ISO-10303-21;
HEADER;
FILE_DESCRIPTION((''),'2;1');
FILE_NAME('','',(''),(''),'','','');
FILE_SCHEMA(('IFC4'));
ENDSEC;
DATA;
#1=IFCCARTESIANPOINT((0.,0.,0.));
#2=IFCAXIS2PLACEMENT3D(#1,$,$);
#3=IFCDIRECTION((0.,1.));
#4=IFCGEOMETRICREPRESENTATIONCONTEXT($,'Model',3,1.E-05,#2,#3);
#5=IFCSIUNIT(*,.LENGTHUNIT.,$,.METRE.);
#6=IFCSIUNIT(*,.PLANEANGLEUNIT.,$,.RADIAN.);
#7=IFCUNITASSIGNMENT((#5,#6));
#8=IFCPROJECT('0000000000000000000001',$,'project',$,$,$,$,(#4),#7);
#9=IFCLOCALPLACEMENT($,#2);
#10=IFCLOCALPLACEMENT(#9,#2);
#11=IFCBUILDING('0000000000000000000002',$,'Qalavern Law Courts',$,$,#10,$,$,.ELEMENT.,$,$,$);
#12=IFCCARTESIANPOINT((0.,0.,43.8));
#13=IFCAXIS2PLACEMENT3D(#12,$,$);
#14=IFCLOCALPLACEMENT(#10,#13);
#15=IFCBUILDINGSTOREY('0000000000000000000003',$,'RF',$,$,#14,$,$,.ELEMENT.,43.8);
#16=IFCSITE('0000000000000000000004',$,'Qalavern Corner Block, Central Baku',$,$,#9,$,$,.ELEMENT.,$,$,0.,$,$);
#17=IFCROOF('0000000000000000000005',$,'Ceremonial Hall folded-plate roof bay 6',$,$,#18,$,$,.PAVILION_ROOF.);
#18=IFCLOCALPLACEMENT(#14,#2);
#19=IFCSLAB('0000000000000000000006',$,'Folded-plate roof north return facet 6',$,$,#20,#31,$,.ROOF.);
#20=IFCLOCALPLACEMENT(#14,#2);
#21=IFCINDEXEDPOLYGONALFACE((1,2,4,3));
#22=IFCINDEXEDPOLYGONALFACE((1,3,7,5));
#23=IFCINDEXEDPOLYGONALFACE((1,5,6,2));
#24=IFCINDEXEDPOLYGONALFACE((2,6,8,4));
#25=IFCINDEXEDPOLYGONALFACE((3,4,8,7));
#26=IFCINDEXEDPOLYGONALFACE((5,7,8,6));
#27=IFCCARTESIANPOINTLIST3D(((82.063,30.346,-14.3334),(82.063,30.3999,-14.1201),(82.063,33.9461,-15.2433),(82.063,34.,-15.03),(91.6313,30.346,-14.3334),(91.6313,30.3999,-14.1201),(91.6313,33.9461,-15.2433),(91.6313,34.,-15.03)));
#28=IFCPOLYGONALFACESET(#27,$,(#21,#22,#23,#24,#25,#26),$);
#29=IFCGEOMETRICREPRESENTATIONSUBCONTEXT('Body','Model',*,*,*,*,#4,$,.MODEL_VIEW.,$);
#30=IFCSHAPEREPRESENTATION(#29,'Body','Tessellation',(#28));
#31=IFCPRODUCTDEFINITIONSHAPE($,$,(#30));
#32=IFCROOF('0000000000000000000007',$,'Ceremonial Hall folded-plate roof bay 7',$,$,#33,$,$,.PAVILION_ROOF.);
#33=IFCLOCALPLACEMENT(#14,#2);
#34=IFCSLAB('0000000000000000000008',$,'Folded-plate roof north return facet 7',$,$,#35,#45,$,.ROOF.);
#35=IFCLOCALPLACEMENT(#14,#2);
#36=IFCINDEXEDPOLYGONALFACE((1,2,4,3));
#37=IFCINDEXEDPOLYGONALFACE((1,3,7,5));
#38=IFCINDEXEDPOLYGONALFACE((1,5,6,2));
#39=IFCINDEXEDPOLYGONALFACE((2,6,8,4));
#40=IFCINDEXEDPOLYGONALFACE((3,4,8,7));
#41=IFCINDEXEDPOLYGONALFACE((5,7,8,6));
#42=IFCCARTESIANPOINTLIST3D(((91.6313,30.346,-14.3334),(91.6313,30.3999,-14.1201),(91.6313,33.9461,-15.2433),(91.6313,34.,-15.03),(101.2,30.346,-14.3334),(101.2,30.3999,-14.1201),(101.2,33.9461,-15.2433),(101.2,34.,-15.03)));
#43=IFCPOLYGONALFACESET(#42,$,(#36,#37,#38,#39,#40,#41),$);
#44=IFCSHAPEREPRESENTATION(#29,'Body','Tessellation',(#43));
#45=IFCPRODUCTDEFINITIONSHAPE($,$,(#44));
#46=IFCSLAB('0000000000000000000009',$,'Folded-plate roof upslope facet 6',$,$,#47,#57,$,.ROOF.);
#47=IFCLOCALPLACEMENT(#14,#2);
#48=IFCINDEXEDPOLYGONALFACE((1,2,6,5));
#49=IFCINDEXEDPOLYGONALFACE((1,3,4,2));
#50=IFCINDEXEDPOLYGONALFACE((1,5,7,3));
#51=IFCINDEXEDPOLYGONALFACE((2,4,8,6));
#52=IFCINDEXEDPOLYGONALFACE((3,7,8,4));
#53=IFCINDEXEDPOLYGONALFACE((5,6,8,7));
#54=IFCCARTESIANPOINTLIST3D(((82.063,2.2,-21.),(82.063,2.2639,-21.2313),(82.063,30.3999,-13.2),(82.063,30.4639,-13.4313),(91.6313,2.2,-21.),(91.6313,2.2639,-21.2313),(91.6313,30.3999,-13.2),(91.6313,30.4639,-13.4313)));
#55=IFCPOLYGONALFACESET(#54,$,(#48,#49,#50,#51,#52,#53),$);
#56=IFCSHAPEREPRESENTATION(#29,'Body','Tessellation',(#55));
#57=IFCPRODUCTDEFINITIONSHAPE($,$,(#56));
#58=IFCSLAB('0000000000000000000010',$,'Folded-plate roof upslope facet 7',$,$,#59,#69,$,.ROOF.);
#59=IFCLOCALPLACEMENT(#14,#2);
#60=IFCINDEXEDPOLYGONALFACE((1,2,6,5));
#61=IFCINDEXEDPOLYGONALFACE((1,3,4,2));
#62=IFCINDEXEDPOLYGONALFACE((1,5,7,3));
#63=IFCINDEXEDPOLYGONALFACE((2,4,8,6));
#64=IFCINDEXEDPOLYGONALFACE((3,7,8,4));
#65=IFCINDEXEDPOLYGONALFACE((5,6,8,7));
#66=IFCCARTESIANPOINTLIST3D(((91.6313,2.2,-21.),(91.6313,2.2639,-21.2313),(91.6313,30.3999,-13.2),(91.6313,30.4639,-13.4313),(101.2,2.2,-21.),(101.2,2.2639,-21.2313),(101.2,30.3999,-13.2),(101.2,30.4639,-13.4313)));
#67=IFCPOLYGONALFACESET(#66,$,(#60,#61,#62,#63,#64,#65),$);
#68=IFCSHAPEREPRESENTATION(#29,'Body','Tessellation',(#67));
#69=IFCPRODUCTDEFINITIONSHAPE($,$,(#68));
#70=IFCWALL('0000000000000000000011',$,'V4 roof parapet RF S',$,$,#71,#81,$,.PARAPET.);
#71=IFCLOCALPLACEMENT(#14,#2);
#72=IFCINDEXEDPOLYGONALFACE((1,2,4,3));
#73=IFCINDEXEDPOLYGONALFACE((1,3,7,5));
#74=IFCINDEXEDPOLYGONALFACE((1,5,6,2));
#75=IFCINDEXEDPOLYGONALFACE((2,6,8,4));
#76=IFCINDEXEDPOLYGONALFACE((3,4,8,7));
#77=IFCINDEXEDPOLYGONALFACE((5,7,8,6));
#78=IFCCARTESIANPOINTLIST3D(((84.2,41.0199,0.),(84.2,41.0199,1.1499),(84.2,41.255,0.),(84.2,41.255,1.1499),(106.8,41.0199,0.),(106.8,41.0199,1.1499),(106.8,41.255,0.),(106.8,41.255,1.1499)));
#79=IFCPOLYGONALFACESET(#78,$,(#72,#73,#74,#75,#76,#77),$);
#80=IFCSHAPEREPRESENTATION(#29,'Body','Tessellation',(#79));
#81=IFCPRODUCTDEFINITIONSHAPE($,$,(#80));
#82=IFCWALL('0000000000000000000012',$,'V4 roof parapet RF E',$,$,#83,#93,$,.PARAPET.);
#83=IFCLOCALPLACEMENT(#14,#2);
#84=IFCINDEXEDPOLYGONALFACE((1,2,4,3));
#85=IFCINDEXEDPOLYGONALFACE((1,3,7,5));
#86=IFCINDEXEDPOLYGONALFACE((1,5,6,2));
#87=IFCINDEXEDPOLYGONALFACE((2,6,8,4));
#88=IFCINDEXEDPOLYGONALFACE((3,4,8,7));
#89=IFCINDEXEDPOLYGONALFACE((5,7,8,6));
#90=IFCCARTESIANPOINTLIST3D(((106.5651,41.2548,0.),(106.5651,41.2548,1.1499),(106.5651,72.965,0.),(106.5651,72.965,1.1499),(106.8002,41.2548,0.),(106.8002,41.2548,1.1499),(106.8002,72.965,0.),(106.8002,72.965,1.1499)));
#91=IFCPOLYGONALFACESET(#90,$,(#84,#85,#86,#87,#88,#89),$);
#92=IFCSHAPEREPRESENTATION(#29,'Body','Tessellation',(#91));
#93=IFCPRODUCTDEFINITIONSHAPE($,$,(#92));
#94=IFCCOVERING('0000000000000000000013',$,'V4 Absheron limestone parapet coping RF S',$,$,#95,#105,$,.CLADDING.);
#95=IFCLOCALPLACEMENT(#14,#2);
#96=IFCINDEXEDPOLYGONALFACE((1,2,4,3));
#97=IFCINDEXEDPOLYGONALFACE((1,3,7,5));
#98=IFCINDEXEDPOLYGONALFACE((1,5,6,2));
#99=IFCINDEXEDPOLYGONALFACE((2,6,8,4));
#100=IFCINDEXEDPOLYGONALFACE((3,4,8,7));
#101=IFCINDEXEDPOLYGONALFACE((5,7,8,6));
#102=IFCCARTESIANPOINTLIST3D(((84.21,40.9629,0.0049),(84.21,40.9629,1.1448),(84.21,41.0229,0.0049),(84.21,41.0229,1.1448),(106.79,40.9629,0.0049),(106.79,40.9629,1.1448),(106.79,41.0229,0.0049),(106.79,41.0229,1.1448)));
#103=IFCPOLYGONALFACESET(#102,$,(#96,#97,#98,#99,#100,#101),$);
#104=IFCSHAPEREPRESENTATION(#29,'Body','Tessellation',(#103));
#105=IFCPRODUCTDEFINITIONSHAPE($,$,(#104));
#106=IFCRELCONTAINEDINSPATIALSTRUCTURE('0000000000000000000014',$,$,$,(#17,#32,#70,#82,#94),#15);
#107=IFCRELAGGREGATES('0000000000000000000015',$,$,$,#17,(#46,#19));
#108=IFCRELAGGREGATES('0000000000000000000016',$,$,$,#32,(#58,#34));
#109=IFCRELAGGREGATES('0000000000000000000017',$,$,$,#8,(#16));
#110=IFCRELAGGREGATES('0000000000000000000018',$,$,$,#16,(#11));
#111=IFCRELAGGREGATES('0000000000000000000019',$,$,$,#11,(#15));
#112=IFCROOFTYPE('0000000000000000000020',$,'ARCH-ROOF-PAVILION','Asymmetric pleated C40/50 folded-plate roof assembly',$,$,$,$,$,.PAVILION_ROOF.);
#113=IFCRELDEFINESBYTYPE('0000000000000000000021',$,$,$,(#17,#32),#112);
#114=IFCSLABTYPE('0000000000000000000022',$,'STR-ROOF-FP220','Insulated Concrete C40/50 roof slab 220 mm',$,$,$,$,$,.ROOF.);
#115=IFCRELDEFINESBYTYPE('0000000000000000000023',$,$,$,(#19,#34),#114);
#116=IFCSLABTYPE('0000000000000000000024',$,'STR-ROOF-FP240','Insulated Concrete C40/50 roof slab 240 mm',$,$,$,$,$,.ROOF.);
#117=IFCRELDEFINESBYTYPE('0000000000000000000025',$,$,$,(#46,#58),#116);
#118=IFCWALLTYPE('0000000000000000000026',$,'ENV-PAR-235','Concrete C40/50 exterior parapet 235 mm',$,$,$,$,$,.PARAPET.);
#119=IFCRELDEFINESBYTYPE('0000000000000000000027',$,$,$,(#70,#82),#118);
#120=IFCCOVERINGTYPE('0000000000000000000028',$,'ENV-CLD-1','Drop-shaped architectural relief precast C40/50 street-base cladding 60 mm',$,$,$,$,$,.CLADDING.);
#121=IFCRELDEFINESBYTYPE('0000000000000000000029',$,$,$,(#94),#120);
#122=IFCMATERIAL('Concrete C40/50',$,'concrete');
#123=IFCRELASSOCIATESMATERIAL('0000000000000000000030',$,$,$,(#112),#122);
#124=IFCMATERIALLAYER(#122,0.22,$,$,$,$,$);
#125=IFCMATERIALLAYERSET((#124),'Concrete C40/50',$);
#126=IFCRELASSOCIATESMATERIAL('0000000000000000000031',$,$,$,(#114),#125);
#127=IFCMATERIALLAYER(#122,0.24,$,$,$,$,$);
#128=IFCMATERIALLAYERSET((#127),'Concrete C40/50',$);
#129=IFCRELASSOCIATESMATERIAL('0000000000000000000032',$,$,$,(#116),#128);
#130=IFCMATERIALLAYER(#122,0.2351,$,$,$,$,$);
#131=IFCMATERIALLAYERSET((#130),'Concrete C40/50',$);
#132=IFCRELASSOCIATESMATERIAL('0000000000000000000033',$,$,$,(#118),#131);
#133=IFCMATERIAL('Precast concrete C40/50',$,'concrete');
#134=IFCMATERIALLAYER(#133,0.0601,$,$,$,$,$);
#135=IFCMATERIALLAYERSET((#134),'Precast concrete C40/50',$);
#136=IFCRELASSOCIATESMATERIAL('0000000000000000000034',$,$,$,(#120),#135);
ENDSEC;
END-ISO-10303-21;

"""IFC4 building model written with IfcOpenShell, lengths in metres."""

from ifc_helpers import new_model, si_unit, direction, frame, frame_2d, origin, origin_2d, place, context, subcontext, project, spatial, polyline, rectangle, outline, extrude, material, layer, layer_set, type_object, element, aggregate, save


model = new_model("IFC4")

# Units and contexts
model_context = context("Model", 3, precision=1e-05, world=origin(), true_north=direction((0.0, 1.0)))
body_context = subcontext(model_context, "Body", "Model", "MODEL_VIEW")
ifc_project = project(units=[si_unit("LENGTHUNIT", "METRE"), si_unit("PLANEANGLEUNIT", "RADIAN")], contexts=[model_context])

# Site, building, storey
site_placement = place(None, origin())
site = spatial("IfcSite", under=ifc_project, at=site_placement, Name="Qalavern Corner Block, Central Baku", CompositionType="ELEMENT", RefElevation=0.0)
building_placement = place(site_placement, origin())
building = spatial("IfcBuilding", under=site, at=building_placement, Name="Qalavern Law Courts", CompositionType="ELEMENT")
storey_placement = place(building_placement, frame((0.0, 0.0, 43.8)))
storey = spatial("IfcBuildingStorey", under=building, at=storey_placement, Name="RF", CompositionType="ELEMENT", Elevation=43.8)

# Shared definitions
ifc_material_1 = material(Name="Concrete C40/50", Category="concrete")

# Roofs, slabs
roof_type = type_object("IfcRoofType", Name="ARCH-ROOF-PAVILION", Description="Asymmetric pleated C40/50 folded-plate roof assembly", PredefinedType="PAVILION_ROOF", material=ifc_material_1)
roof_1_placement = place(storey_placement, origin())
roof_1 = element("IfcRoof", 1, at=roof_1_placement, inside=storey, type_object=roof_type, Name="Ceremonial Hall folded-plate roof bay 6", PredefinedType="PAVILION_ROOF")
ifc_layer_1 = layer(ifc_material_1, 0.22)
ifc_layer_set_1 = layer_set([ifc_layer_1], Name="Concrete C40/50")
slab_type_1 = type_object("IfcSlabType", Name="STR-ROOF-FP220", Description="Insulated Concrete C40/50 roof slab 220 mm", PredefinedType="ROOF", material=ifc_layer_set_1)
slab_1_placement = place(storey_placement, frame((82.063, 30.3999, -14.1201), z_axis=(0.0, 0.245041, 0.969513), x_axis=(1.0, 0.0, 0.0)))
slab_1 = element("IfcSlab", 2, at=slab_1_placement, type_object=slab_type_1, Name="Folded-plate roof north return facet 6", PredefinedType="ROOF", context=body_context, shape_type="SweptSolid", body=[
    extrude(outline(polyline([(0.0, 0.0), (9.5684, 0.0), (9.5684, 3.7133), (0.0, 3.7133), (0.0, 0.0)])), origin(), (0.0, 0.0, -1.0), 0.22),
])
roof_2_placement = place(storey_placement, origin())
roof_2 = element("IfcRoof", 3, at=roof_2_placement, inside=storey, type_object=roof_type, Name="Ceremonial Hall folded-plate roof bay 7", PredefinedType="PAVILION_ROOF")
slab_2_placement = place(storey_placement, frame((91.6313, 30.3999, -14.1201), z_axis=(0.0, 0.245041, 0.969513), x_axis=(1.0, 0.0, 0.0)))
slab_2 = element("IfcSlab", 4, at=slab_2_placement, type_object=slab_type_1, Name="Folded-plate roof north return facet 7", PredefinedType="ROOF", context=body_context, shape_type="SweptSolid", body=[
    extrude(outline(polyline([(0.0, 0.0), (9.5686, 0.0), (9.5686, 3.7133), (0.0, 3.7133), (0.0, 0.0)])), origin(), (0.0, 0.0, -1.0), 0.22),
])

# Slabs
ifc_layer_2 = layer(ifc_material_1, 0.24)
ifc_layer_set_2 = layer_set([ifc_layer_2], Name="Concrete C40/50")
slab_type_2 = type_object("IfcSlabType", Name="STR-ROOF-FP240", Description="Insulated Concrete C40/50 roof slab 240 mm", PredefinedType="ROOF", material=ifc_layer_set_2)
slab_3_placement = place(storey_placement, frame((82.063, 2.2, -21.0), z_axis=(0.0, -0.266588, 0.963811), x_axis=(1.0, 0.0, 0.0)))
slab_3 = element("IfcSlab", 5, at=slab_3_placement, type_object=slab_type_2, Name="Folded-plate roof upslope facet 6", PredefinedType="ROOF", context=body_context, shape_type="SweptSolid", body=[
    extrude(outline(polyline([(0.0, 0.0), (9.5684, 0.0), (9.5684, 29.2588), (0.0, 29.2588), (0.0, 0.0)])), origin(), (0.0, 0.0, -1.0), 0.24),
])
aggregate(roof_1, [slab_3, slab_1])
slab_4_placement = place(storey_placement, frame((91.6313, 2.2, -21.0), z_axis=(0.0, -0.266588, 0.963811), x_axis=(1.0, 0.0, 0.0)))
slab_4 = element("IfcSlab", 6, at=slab_4_placement, type_object=slab_type_2, Name="Folded-plate roof upslope facet 7", PredefinedType="ROOF", context=body_context, shape_type="SweptSolid", body=[
    extrude(outline(polyline([(0.0, 0.0), (9.5686, 0.0), (9.5686, 29.2588), (0.0, 29.2588), (0.0, 0.0)])), origin(), (0.0, 0.0, -1.0), 0.24),
])
aggregate(roof_2, [slab_4, slab_2])

# Walls
ifc_layer_3 = layer(ifc_material_1, 0.2351)
ifc_layer_set_3 = layer_set([ifc_layer_3], Name="Concrete C40/50")
wall_type = type_object("IfcWallType", Name="ENV-PAR-235", Description="Concrete C40/50 exterior parapet 235 mm", PredefinedType="PARAPET", material=ifc_layer_set_3)
wall_1_placement = place(storey_placement, frame((84.2, 41.1375, 0.0), z_axis=(0.0, 0.0, 1.0), x_axis=(1.0, 0.0, 0.0)))
element("IfcWall", 7, at=wall_1_placement, inside=storey, type_object=wall_type, Name="V4 roof parapet RF S", PredefinedType="PARAPET", context=body_context, shape_type="SweptSolid", body=[
    extrude(rectangle(XDim=22.6001, YDim=0.2351, at=frame_2d((11.3, 0.0))), origin(), (0.0, 0.0, 1.0), 1.1499),
])
wall_2_placement = place(storey_placement, frame((106.6826, 41.2549, 0.0), z_axis=(0.0, 0.0, 1.0), x_axis=(0.0, 1.0, 0.0)))
element("IfcWall", 8, at=wall_2_placement, inside=storey, type_object=wall_type, Name="V4 roof parapet RF E", PredefinedType="PARAPET", context=body_context, shape_type="SweptSolid", body=[
    extrude(rectangle(XDim=31.7102, YDim=0.2351, at=frame_2d((15.855, 0.0))), origin(), (0.0, 0.0, 1.0), 1.1499),
])

# Covering
ifc_material_2 = material(Name="Precast concrete C40/50", Category="concrete")
ifc_layer_4 = layer(ifc_material_2, 0.0601)
ifc_layer_set_4 = layer_set([ifc_layer_4], Name="Precast concrete C40/50")
covering_type = type_object("IfcCoveringType", Name="ENV-CLD-1", Description="Drop-shaped architectural relief precast C40/50 street-base cladding 60 mm", PredefinedType="CLADDING", material=ifc_layer_set_4)
covering_placement = place(storey_placement, frame((95.5, 40.9929, 0.0049), z_axis=(0.0, 0.0, 1.0), x_axis=(1.0, 0.0, 0.0)))
element("IfcCovering", 9, at=covering_placement, inside=storey, type_object=covering_type, Name="V4 Absheron limestone parapet coping RF S", PredefinedType="CLADDING", context=body_context, shape_type="SweptSolid", body=[
    extrude(rectangle(XDim=22.5801, YDim=0.0601, at=origin_2d()), origin(), (0.0, 0.0, 1.0), 1.1399),
])

save(model, "model.ifc")
